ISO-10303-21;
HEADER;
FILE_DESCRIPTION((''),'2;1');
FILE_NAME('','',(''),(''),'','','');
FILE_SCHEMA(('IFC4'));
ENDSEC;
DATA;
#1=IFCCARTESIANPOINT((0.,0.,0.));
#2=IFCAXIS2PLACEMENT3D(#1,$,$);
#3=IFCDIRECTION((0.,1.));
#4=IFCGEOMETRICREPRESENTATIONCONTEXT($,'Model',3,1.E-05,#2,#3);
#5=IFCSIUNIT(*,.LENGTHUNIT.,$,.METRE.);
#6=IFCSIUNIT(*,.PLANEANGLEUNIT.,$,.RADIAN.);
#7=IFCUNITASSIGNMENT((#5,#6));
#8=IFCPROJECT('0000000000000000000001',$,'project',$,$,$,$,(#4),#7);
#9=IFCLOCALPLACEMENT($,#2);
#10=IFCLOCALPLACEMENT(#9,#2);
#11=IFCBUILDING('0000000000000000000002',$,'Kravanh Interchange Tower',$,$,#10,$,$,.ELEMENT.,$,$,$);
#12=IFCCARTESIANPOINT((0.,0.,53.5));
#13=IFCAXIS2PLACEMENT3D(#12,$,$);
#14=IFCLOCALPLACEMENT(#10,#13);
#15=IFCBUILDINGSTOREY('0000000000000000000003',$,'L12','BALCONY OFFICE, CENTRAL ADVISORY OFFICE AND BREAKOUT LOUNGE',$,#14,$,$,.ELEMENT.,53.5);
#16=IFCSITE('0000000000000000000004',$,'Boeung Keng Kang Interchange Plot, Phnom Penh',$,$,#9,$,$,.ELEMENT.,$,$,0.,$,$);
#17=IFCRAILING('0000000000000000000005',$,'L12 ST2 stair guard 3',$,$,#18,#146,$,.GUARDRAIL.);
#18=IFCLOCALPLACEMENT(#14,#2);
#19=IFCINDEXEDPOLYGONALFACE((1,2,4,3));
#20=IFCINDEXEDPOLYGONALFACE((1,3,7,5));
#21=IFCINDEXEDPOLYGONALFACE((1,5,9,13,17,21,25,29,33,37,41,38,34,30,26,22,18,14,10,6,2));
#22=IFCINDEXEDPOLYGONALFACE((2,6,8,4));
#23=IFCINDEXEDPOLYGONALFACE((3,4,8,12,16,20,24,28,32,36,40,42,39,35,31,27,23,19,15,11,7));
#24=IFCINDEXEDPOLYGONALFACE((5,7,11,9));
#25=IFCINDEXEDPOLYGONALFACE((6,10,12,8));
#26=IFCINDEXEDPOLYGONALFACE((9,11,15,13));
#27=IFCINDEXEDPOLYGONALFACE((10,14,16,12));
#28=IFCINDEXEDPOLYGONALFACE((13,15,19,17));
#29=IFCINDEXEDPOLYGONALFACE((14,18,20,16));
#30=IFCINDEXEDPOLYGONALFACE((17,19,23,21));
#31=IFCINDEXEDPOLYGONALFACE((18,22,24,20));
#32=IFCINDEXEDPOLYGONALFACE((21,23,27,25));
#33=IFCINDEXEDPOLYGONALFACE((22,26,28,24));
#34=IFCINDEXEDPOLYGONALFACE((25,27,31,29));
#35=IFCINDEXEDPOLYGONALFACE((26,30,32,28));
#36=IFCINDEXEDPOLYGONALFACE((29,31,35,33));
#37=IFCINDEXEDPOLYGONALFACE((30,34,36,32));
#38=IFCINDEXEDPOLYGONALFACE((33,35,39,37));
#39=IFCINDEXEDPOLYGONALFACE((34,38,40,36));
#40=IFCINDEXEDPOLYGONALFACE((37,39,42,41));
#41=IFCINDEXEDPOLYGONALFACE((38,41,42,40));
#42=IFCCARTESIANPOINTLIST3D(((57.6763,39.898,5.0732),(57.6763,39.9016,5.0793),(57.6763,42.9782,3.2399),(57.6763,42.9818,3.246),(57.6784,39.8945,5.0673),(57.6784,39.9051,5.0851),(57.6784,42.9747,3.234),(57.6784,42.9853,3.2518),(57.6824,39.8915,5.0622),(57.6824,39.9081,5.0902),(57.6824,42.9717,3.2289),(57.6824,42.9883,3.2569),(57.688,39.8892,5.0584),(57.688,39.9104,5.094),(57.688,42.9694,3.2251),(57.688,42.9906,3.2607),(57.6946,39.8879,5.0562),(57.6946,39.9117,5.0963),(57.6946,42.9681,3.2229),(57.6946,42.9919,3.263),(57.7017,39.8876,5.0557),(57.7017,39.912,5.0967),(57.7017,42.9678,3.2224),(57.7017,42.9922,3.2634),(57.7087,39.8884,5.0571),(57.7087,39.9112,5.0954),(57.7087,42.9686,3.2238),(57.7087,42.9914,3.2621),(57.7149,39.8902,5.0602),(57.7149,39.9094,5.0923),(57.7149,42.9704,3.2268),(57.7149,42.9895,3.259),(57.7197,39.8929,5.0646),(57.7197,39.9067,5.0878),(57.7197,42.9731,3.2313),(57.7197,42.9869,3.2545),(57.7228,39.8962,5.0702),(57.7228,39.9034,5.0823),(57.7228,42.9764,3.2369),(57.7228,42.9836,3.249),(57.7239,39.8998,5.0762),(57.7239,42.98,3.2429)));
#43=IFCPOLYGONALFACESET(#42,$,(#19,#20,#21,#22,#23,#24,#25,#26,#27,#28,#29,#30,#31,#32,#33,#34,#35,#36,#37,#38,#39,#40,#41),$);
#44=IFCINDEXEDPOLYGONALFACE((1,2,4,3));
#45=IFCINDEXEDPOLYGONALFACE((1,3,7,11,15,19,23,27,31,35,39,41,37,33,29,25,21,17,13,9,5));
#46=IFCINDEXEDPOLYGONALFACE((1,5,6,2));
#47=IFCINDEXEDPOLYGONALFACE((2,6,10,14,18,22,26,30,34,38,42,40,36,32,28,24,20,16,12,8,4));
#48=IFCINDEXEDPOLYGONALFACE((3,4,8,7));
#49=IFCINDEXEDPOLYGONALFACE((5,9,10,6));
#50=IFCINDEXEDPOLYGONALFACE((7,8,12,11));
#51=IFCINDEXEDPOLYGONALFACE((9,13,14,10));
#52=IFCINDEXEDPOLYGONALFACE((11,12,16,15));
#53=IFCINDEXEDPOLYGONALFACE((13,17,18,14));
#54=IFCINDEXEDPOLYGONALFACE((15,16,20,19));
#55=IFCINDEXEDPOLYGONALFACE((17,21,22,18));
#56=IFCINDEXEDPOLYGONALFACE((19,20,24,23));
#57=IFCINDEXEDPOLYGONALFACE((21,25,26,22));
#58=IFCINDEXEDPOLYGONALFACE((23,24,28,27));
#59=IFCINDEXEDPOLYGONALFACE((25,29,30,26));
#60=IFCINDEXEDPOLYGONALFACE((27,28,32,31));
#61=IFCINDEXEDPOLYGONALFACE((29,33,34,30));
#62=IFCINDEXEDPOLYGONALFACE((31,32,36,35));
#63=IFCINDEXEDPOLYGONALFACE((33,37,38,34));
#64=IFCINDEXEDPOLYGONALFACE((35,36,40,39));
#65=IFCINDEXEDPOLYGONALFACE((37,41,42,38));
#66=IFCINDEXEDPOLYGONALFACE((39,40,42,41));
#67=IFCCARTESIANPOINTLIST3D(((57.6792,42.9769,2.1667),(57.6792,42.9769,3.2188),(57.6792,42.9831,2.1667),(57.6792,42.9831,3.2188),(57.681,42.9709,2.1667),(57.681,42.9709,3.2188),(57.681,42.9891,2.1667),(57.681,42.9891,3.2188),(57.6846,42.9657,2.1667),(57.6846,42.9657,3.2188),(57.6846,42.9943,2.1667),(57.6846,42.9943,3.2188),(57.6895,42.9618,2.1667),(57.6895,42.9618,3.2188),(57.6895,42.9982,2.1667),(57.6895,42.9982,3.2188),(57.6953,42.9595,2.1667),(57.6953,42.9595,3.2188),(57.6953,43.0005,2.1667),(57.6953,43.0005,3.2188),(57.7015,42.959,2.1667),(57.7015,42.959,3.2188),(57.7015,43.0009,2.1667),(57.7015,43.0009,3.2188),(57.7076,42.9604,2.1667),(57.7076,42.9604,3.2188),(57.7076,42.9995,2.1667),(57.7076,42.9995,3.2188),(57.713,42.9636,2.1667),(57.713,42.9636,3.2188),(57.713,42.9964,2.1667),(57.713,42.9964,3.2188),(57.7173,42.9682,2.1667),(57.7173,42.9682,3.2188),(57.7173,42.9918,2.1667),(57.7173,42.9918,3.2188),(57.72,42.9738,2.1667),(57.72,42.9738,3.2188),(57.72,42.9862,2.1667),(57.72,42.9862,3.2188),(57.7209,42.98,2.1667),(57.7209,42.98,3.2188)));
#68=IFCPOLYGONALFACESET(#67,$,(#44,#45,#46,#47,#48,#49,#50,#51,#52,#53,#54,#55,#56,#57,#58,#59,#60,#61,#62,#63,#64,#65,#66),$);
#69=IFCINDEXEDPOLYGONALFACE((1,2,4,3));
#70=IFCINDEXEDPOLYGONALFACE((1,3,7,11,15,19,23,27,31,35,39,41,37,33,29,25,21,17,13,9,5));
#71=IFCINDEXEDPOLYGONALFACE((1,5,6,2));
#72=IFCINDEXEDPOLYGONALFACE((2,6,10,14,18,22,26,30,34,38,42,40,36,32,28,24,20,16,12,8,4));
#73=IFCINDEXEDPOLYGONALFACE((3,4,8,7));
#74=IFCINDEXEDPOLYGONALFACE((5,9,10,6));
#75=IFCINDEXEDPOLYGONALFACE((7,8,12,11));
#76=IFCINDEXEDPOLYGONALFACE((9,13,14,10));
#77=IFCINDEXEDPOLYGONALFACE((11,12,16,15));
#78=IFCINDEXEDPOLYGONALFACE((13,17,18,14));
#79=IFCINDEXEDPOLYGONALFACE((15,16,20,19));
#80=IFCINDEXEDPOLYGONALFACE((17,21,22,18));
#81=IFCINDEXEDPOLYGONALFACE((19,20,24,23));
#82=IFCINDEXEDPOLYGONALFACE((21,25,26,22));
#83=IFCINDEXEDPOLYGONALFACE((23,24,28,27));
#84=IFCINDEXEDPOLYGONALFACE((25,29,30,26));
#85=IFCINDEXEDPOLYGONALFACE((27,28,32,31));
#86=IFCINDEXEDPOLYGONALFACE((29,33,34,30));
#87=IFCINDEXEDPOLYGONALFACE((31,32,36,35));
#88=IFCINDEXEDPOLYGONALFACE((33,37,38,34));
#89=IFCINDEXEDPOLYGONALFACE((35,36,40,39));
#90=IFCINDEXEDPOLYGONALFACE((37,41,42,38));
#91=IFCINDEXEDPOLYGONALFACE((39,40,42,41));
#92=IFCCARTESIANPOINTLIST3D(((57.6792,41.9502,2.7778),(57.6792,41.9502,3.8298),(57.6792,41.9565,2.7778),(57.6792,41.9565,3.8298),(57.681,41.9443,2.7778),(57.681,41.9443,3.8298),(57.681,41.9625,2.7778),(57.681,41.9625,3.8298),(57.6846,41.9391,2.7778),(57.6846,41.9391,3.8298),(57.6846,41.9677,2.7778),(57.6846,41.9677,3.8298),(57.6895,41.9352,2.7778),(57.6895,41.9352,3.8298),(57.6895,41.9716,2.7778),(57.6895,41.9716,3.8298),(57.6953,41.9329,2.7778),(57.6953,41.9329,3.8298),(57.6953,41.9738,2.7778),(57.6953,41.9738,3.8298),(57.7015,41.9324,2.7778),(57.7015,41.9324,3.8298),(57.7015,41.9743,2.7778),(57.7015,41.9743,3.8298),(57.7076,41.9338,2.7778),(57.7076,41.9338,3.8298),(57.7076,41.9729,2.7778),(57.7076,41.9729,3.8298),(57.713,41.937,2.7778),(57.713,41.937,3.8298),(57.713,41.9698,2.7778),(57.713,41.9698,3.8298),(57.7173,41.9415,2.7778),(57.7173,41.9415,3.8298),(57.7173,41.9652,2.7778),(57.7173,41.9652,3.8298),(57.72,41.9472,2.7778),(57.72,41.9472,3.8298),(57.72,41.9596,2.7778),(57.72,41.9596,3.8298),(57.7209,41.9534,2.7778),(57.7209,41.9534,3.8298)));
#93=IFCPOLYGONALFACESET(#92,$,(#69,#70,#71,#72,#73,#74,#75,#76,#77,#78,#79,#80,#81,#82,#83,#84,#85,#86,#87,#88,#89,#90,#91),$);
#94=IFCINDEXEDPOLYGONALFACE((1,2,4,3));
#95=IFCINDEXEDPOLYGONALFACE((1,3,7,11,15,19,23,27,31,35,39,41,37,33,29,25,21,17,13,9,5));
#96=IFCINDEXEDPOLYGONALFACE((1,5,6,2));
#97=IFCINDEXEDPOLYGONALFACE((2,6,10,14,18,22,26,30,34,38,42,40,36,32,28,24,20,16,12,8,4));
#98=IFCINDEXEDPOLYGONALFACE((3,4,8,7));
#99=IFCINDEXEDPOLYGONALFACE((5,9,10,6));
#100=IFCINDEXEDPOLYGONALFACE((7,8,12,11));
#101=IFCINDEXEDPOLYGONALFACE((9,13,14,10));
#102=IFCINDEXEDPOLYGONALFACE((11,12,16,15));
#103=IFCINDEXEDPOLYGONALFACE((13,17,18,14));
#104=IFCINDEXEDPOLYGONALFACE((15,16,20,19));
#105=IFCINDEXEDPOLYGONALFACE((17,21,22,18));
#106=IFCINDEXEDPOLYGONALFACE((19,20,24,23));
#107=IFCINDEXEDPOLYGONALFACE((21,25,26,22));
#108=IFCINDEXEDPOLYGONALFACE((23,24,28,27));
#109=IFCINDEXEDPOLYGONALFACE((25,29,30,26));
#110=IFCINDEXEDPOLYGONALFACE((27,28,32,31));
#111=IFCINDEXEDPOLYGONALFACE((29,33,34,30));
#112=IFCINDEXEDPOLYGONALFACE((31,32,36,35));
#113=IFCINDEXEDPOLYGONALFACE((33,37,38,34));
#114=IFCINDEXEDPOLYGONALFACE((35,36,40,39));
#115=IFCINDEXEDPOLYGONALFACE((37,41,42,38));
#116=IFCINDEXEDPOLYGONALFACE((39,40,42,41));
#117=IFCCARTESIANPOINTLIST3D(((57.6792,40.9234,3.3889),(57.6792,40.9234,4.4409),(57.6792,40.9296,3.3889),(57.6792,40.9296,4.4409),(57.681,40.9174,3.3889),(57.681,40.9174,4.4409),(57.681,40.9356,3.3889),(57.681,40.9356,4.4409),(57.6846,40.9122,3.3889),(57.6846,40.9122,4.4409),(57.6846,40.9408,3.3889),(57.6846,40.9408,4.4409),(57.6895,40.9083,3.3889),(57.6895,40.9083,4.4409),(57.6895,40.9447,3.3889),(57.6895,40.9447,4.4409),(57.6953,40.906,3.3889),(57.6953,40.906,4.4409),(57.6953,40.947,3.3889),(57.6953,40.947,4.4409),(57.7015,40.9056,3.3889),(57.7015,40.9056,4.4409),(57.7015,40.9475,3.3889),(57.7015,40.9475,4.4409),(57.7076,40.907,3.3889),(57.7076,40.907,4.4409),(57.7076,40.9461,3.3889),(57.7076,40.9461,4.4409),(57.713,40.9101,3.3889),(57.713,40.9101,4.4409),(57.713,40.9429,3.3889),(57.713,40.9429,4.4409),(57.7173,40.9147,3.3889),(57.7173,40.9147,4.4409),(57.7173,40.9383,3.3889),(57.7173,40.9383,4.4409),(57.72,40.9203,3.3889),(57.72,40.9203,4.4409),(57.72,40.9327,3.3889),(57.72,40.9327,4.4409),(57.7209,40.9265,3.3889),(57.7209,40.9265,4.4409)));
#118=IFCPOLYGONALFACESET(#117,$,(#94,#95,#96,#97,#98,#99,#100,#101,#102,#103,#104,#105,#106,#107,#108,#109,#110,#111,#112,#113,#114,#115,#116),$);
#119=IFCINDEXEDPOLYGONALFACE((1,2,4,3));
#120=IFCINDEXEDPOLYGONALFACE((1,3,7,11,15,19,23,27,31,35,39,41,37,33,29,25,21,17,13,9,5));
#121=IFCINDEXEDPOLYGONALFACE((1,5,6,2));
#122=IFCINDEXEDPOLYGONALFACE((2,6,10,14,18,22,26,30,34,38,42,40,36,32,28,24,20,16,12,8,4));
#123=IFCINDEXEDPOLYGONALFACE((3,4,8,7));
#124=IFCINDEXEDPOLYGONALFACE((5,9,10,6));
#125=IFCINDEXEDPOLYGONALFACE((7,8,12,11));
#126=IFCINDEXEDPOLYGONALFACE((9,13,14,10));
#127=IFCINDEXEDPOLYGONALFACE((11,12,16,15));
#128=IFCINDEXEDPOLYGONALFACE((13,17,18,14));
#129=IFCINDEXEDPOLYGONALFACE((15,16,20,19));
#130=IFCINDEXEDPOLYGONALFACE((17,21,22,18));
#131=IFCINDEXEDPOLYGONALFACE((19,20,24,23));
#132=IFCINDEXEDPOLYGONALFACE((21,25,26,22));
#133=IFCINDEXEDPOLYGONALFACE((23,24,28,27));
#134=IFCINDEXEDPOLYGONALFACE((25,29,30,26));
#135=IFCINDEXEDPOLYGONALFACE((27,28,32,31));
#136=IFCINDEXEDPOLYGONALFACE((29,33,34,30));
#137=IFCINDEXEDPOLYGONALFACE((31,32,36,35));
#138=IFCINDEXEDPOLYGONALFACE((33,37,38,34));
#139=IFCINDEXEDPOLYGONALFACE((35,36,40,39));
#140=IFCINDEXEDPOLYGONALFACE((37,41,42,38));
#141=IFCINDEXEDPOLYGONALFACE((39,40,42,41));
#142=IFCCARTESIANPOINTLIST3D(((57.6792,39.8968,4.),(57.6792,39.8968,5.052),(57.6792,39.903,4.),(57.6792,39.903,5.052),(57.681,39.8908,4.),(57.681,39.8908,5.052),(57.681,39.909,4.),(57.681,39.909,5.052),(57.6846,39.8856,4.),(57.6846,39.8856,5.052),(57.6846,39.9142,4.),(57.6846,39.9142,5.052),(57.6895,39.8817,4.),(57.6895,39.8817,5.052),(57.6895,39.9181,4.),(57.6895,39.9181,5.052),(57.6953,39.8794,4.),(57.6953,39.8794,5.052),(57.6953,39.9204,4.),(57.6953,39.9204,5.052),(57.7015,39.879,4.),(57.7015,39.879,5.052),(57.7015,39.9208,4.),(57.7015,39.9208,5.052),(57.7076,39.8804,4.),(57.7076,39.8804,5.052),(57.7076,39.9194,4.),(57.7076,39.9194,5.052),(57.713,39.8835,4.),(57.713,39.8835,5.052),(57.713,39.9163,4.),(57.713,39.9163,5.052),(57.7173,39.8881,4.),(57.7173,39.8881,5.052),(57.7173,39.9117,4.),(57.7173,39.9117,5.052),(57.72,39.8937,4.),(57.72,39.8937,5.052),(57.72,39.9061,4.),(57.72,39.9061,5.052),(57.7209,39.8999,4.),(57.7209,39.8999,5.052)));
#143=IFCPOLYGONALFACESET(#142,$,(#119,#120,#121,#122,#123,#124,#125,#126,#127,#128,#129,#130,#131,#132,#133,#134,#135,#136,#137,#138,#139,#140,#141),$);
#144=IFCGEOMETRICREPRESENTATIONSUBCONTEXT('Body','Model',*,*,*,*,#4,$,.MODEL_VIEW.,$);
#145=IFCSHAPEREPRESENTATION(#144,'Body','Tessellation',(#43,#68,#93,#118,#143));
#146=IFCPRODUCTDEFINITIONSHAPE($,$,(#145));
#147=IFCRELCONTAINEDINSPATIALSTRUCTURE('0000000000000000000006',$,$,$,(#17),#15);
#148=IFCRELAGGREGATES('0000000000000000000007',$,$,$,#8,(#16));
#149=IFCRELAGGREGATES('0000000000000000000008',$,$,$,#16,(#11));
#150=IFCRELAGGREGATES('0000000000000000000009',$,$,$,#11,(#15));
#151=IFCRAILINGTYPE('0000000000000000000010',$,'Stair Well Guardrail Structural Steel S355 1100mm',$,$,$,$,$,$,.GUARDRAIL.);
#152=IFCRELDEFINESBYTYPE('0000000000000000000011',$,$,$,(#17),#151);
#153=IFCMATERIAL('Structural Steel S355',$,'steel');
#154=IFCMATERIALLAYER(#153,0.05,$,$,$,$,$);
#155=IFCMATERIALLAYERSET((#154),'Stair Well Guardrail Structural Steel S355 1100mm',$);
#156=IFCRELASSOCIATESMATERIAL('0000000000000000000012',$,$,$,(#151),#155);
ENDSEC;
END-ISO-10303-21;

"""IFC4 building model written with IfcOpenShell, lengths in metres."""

from ifc_helpers import new_model, si_unit, direction, frame, origin, origin_2d, place, context, subcontext, project, spatial, circle, extrude, material, layer, layer_set, type_object, element, save


model = new_model("IFC4")

# Units and contexts
model_context = context("Model", 3, precision=1e-05, world=origin(), true_north=direction((0.0, 1.0)))
body_context = subcontext(model_context, "Body", "Model", "MODEL_VIEW")
ifc_project = project(units=[si_unit("LENGTHUNIT", "METRE"), si_unit("PLANEANGLEUNIT", "RADIAN")], contexts=[model_context])

# Site, building, storey
site_placement = place(None, origin())
site = spatial("IfcSite", under=ifc_project, at=site_placement, Name="Boeung Keng Kang Interchange Plot, Phnom Penh", CompositionType="ELEMENT", RefElevation=0.0)
building_placement = place(site_placement, origin())
building = spatial("IfcBuilding", under=site, at=building_placement, Name="Kravanh Interchange Tower", CompositionType="ELEMENT")
storey_placement = place(building_placement, frame((0.0, 0.0, 53.5)))
storey = spatial("IfcBuildingStorey", under=building, at=storey_placement, Name="L12", Description="BALCONY OFFICE, CENTRAL ADVISORY OFFICE AND BREAKOUT LOUNGE", CompositionType="ELEMENT", Elevation=53.5)

# Railing
ifc_material_1 = material(Name="Structural Steel S355", Category="steel")
ifc_layer_1 = layer(ifc_material_1, 0.05)
ifc_layer_set_1 = layer_set([ifc_layer_1], Name="Stair Well Guardrail Structural Steel S355 1100mm")
railing_type_1 = type_object("IfcRailingType", Name="Stair Well Guardrail Structural Steel S355 1100mm", PredefinedType="GUARDRAIL", material=ifc_layer_set_1)
railing_1_placement = place(storey_placement, frame((57.7, 42.98, 2.1667)))
element("IfcRailing", 1, at=railing_1_placement, inside=storey, type_object=railing_type_1, Name="L12 ST2 stair guard 3", PredefinedType="GUARDRAIL", context=body_context, shape_type="SweptSolid", body=[
    extrude(circle(Radius=0.0239, at=origin_2d()), frame((0.0, 0.0, 1.0762), z_axis=(0.0, -0.859309, 0.511458), x_axis=(1.0, 0.0, 0.0)), (0.0, 0.0, 1.0), 3.5845),
    extrude(circle(Radius=0.021, at=origin_2d()), origin(), (0.0, 0.0, 1.0), 1.052),
    extrude(circle(Radius=0.021, at=origin_2d()), frame((0.0, -1.0266, 0.6111)), (0.0, 0.0, 1.0), 1.052),
    extrude(circle(Radius=0.021, at=origin_2d()), frame((0.0, -2.0535, 1.2222)), (0.0, 0.0, 1.0), 1.052),
    extrude(circle(Radius=0.021, at=origin_2d()), frame((0.0, -3.0801, 1.8333)), (0.0, 0.0, 1.0), 1.052),
])

save(model, "model.ifc")
